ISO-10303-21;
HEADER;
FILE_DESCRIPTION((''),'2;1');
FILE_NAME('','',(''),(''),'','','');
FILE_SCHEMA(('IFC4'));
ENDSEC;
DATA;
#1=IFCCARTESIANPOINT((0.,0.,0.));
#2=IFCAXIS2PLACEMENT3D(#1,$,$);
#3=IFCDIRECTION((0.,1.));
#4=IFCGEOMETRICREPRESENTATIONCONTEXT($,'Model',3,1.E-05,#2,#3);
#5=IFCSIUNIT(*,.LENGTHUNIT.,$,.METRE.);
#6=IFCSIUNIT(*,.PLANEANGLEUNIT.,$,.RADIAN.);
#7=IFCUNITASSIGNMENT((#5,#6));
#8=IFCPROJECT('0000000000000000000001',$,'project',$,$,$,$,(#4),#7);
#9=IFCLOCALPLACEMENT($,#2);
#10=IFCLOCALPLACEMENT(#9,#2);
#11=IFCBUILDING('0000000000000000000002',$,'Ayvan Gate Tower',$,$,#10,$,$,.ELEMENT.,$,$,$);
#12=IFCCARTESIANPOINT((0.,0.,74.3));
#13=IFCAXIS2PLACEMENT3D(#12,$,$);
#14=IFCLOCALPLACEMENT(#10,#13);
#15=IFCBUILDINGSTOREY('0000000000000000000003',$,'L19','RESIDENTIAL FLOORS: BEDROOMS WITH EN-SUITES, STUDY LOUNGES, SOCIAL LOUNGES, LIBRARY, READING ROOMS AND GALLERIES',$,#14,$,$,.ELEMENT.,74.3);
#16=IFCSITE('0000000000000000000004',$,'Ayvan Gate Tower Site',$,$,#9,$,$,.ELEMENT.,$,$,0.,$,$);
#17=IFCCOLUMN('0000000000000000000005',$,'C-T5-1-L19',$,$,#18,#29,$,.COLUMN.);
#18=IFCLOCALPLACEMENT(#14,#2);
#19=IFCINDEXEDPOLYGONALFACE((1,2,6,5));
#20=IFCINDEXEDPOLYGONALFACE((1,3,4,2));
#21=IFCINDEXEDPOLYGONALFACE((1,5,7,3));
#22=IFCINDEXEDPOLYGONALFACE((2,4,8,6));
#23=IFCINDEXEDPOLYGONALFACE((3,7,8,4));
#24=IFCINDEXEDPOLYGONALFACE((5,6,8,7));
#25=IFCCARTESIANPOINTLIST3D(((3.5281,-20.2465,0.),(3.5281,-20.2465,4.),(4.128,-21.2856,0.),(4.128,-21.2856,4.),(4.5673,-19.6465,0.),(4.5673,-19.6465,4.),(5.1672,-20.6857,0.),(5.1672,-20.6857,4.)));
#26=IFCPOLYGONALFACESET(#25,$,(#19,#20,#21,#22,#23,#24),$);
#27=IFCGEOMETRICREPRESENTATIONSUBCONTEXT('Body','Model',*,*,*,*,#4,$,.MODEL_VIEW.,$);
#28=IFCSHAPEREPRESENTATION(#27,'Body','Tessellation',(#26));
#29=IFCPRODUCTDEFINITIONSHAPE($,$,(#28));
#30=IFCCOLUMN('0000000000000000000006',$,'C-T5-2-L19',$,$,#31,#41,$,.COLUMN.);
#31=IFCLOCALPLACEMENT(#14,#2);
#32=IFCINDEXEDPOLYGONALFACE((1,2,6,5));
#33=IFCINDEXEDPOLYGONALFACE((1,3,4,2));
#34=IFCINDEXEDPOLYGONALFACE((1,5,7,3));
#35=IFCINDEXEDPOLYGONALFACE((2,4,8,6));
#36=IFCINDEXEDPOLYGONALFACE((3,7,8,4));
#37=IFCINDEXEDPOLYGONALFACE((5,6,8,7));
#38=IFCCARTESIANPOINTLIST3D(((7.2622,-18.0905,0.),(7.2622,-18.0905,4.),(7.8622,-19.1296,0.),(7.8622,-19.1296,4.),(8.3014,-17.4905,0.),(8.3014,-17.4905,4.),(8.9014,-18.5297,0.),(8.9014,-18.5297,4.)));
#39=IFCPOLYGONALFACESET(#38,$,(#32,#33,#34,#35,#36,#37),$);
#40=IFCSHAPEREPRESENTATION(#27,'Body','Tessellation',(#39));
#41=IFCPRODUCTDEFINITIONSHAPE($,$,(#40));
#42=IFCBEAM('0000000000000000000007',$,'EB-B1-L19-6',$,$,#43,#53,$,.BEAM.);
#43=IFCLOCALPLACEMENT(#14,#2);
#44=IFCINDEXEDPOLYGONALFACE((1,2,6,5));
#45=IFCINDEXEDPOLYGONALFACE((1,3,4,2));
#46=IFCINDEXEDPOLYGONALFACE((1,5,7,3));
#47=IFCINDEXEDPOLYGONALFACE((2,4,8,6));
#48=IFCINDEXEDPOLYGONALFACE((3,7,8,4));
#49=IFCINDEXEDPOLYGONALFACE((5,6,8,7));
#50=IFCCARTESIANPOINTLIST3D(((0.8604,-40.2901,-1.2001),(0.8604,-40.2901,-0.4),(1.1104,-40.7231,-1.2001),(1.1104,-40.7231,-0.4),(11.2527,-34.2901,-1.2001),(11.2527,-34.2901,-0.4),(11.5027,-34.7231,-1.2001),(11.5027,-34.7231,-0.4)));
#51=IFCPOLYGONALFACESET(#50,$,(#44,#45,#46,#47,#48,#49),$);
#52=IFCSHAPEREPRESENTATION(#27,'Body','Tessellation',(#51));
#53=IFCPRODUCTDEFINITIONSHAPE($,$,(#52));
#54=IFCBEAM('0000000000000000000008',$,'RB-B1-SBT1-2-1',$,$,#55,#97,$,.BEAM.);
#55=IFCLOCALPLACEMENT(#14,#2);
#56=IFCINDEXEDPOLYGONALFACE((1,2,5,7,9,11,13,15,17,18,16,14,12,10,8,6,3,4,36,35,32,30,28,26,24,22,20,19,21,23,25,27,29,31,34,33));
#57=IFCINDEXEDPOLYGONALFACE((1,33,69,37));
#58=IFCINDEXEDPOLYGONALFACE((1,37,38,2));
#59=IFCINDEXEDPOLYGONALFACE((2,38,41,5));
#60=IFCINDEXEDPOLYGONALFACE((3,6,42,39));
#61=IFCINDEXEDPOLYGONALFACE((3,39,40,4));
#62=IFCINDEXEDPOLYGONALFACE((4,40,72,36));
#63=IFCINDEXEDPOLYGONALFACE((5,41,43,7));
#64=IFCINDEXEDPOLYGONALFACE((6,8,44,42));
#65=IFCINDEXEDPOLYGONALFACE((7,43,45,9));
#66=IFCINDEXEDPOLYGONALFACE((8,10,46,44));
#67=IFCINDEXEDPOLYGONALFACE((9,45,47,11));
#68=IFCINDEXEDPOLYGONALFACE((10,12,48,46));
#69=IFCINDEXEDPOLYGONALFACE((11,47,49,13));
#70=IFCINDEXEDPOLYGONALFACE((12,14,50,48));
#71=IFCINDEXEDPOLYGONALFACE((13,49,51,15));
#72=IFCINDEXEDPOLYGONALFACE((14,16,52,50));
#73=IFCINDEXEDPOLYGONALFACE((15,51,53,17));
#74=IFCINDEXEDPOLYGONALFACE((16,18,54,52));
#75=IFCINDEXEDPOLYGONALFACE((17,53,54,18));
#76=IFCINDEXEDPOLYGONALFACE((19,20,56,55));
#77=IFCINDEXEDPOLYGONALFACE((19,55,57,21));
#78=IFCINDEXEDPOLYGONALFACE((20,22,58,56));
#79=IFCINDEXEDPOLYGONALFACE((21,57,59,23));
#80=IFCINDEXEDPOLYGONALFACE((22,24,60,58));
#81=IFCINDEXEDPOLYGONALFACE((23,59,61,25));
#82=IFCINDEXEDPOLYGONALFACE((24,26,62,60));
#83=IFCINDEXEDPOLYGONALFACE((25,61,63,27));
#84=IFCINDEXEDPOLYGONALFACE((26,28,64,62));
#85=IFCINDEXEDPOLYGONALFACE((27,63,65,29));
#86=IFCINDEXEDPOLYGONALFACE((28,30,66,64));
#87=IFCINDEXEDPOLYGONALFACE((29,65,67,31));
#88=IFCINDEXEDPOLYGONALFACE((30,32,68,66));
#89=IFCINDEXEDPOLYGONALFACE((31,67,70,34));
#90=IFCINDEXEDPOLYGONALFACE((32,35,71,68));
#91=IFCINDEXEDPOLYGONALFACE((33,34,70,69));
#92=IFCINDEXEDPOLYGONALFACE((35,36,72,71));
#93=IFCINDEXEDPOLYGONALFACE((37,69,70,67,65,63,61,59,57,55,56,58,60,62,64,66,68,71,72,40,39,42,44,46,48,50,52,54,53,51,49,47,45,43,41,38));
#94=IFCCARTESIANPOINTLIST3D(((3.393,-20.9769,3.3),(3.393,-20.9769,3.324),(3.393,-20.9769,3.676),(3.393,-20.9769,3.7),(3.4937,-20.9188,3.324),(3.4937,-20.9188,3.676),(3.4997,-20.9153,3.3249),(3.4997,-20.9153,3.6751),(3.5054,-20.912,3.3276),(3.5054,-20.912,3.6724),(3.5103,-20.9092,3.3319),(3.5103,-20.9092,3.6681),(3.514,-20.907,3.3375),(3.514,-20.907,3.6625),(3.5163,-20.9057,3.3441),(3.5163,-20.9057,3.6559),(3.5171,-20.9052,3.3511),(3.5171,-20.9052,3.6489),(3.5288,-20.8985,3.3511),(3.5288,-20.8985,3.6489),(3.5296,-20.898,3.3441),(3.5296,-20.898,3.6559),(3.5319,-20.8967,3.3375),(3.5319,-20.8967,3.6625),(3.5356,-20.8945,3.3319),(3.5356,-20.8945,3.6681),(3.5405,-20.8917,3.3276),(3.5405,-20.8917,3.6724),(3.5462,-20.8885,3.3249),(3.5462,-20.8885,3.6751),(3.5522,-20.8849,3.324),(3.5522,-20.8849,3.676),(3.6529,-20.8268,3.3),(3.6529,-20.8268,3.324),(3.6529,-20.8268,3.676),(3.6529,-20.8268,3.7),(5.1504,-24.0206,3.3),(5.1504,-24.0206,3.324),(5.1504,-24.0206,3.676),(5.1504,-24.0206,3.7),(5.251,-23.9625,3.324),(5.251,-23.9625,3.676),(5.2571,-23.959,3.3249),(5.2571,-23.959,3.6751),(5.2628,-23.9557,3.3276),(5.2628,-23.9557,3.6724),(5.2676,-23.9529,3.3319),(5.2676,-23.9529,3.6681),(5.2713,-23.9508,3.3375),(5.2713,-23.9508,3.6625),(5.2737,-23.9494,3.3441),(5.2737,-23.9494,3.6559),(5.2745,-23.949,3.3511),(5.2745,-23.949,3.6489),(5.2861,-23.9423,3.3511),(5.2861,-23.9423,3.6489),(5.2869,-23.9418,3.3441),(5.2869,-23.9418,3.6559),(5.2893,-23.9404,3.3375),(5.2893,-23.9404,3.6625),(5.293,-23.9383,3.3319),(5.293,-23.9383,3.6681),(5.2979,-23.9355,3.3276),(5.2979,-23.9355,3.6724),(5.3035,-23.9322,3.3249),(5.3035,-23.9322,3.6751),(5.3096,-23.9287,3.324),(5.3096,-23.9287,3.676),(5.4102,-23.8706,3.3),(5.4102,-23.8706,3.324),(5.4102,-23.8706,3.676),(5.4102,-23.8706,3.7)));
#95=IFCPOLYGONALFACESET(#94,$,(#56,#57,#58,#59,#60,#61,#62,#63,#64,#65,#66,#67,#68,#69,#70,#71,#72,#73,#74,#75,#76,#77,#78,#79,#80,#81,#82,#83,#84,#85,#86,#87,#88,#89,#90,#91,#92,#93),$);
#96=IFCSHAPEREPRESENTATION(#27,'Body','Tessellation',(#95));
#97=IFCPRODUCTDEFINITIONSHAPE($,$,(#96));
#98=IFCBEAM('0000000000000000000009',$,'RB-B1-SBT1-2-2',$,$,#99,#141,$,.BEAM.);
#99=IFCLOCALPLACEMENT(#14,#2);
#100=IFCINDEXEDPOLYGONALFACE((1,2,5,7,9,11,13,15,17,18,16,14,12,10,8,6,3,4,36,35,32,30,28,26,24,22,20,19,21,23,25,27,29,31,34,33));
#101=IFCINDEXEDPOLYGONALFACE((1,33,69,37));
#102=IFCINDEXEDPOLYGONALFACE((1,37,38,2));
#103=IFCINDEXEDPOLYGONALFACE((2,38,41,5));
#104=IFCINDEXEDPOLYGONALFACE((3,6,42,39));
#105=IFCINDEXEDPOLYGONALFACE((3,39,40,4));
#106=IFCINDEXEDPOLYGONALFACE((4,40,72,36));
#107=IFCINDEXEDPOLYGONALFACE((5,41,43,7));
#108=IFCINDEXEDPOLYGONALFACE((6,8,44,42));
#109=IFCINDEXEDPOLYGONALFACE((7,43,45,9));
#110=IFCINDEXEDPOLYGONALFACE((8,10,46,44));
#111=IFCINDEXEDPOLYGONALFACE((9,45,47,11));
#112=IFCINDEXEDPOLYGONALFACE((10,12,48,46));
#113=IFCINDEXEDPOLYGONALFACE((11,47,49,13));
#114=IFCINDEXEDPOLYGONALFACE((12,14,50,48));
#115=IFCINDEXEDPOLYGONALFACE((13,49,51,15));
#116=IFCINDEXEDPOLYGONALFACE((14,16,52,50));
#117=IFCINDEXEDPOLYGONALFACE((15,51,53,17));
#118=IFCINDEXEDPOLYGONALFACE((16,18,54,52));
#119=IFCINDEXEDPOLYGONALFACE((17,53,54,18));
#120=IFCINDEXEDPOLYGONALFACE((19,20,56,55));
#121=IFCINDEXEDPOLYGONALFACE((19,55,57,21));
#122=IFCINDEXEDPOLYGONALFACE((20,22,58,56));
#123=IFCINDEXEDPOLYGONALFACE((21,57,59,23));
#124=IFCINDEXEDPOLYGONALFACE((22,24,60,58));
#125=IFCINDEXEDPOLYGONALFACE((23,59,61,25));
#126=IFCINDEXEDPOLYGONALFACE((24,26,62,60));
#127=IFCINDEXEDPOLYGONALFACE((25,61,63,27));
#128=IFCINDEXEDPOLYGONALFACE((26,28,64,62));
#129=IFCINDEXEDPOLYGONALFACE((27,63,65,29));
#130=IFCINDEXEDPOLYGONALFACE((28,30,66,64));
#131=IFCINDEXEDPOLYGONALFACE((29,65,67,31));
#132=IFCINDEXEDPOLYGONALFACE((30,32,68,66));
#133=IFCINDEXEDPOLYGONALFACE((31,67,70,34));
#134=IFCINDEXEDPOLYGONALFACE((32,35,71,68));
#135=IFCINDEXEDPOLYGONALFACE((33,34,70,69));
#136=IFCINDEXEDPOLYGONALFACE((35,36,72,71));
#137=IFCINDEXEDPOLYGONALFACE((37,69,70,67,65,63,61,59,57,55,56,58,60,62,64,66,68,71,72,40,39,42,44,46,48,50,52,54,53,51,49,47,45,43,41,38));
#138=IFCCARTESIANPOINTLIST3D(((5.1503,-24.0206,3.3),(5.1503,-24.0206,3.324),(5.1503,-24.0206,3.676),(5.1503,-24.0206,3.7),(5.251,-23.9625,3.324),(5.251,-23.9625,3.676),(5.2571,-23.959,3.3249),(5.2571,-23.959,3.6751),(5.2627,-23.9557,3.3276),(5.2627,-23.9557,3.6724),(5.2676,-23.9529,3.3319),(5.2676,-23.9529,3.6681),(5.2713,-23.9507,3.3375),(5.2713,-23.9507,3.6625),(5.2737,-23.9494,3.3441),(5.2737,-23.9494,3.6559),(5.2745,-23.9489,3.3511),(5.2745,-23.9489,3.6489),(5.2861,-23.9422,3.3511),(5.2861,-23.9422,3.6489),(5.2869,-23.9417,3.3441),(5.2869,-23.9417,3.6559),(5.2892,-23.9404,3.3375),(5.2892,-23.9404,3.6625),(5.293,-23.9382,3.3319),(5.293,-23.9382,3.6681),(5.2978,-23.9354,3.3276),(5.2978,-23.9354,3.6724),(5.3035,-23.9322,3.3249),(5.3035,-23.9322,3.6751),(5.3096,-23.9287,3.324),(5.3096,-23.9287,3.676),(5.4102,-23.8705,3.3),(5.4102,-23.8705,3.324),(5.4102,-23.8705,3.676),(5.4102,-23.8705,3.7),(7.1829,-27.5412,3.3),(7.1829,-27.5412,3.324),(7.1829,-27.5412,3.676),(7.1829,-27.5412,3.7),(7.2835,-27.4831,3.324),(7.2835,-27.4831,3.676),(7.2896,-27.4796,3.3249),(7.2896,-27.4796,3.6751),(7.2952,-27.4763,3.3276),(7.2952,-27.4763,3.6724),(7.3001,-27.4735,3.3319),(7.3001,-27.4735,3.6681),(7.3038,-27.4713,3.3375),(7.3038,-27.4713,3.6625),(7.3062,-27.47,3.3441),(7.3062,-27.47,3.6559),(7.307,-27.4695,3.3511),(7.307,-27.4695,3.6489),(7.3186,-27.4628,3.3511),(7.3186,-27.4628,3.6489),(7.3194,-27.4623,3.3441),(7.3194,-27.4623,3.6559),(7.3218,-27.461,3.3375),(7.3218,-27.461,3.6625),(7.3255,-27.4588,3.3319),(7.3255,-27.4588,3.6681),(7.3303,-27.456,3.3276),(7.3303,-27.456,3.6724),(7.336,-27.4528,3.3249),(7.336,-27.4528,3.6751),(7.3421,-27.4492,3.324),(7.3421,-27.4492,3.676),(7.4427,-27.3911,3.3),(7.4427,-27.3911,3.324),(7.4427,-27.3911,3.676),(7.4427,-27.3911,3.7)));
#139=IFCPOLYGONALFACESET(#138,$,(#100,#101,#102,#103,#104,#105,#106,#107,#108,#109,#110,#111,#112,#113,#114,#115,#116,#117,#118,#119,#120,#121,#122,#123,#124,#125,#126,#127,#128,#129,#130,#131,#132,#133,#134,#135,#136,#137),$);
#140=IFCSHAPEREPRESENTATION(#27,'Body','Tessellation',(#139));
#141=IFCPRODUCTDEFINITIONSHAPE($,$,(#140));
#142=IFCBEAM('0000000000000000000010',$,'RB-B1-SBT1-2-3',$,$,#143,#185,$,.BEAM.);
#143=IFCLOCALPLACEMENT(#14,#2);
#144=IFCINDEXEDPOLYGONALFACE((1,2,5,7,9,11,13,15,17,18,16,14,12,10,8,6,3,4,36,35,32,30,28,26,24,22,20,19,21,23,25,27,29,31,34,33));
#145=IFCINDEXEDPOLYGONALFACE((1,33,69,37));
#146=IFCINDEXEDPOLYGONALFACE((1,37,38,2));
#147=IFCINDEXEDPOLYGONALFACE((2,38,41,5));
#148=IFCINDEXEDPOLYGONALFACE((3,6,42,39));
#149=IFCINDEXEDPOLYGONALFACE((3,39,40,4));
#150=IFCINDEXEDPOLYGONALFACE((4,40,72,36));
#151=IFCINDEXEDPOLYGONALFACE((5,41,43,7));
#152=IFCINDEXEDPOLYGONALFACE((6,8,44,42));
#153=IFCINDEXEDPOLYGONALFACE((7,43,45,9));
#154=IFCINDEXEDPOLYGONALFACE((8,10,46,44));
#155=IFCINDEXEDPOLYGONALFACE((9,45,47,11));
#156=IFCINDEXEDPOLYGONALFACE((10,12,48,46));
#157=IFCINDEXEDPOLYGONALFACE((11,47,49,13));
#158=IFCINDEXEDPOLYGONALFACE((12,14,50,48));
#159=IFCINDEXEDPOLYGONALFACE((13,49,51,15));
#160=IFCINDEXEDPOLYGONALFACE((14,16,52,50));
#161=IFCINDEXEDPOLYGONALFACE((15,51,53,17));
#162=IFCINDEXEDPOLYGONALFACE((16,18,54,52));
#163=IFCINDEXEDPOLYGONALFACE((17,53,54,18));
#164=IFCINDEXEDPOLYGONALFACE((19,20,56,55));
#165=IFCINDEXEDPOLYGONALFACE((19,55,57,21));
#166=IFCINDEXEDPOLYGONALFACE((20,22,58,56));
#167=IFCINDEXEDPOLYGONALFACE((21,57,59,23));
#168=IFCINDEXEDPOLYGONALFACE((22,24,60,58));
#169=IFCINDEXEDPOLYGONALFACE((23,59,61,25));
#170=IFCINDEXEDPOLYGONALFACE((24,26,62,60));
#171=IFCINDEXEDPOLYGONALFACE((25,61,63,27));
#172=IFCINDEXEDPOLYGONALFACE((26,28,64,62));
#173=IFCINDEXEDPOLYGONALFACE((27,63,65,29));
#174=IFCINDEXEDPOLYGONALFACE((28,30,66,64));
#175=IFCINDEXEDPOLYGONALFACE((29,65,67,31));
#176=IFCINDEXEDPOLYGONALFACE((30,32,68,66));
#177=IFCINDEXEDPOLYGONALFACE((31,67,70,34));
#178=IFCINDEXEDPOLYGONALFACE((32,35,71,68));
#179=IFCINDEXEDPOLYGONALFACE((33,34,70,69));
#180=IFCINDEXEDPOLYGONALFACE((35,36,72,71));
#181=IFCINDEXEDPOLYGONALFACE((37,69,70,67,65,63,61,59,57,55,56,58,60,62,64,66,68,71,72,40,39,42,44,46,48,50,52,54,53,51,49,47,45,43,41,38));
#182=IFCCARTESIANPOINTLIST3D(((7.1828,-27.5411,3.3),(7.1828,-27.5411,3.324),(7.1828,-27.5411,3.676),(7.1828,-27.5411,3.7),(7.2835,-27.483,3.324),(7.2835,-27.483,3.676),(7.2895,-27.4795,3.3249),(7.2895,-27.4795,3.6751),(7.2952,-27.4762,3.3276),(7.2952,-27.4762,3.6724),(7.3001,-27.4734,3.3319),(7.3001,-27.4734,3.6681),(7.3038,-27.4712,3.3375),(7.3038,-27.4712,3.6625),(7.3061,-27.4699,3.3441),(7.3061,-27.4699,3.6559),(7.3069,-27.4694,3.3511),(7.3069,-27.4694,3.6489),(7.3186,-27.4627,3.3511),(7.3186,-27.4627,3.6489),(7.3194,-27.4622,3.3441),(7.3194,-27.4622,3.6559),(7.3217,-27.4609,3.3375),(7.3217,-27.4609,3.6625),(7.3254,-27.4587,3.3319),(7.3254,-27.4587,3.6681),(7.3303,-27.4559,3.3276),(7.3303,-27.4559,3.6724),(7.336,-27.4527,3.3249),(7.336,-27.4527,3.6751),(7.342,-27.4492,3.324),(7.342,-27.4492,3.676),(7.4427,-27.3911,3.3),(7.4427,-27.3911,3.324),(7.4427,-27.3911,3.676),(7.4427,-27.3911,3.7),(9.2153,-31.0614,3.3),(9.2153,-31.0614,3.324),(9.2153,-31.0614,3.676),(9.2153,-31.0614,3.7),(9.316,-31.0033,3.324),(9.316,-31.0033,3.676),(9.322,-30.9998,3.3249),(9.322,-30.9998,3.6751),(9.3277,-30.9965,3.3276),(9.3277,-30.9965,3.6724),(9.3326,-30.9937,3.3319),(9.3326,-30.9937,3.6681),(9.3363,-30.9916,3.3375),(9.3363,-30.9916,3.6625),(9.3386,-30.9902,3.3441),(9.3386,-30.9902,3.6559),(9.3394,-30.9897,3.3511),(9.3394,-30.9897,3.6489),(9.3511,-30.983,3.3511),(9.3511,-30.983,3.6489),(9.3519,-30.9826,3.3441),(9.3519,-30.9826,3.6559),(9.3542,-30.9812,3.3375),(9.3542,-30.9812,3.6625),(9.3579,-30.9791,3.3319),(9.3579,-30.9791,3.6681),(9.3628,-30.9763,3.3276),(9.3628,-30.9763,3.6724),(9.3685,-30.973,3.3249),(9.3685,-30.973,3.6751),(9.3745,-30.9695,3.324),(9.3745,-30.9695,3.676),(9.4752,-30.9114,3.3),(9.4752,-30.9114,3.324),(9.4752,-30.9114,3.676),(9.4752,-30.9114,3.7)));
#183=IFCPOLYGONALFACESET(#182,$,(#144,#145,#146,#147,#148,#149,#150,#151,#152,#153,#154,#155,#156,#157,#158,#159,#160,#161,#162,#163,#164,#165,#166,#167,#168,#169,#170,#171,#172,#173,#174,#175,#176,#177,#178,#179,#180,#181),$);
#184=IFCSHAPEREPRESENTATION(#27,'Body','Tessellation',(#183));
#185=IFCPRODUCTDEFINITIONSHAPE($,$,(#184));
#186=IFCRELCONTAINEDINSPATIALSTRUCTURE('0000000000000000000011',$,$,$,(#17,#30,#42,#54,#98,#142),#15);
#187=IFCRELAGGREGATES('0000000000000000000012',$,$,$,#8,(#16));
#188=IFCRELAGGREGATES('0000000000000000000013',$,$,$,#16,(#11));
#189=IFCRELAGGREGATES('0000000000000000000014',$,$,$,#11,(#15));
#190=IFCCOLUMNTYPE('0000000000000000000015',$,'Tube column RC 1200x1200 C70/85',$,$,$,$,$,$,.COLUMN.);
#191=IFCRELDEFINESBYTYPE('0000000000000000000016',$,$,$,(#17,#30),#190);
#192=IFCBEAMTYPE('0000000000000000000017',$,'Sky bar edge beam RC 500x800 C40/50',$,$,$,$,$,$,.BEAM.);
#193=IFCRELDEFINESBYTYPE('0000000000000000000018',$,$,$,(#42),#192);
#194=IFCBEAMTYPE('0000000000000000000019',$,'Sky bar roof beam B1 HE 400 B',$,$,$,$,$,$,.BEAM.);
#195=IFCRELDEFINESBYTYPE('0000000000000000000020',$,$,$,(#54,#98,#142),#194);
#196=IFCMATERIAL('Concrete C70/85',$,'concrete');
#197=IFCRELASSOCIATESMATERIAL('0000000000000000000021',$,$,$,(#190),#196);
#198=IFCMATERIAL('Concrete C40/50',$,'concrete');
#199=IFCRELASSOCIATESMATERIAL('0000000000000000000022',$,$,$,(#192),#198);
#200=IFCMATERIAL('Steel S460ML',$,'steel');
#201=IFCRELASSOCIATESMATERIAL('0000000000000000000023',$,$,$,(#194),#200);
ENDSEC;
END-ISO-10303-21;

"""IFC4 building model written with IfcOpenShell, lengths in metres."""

from ifc_helpers import new_model, si_unit, direction, frame, origin, origin_2d, place, context, subcontext, project, spatial, rectangle, i_section, extrude, material, material_profile, profile_set, type_object, element, save


model = new_model("IFC4")

# Units and contexts
model_context = context("Model", 3, precision=1e-05, world=origin(), true_north=direction((0.0, 1.0)))
body_context = subcontext(model_context, "Body", "Model", "MODEL_VIEW")
ifc_project = project(units=[si_unit("LENGTHUNIT", "METRE"), si_unit("PLANEANGLEUNIT", "RADIAN")], contexts=[model_context])

# Site, building, storey
site_placement = place(None, origin())
site = spatial("IfcSite", under=ifc_project, at=site_placement, Name="Ayvan Gate Tower Site", CompositionType="ELEMENT", RefElevation=0.0)
building_placement = place(site_placement, origin())
building = spatial("IfcBuilding", under=site, at=building_placement, Name="Ayvan Gate Tower", CompositionType="ELEMENT")
storey_placement = place(building_placement, frame((0.0, 0.0, 74.3)))
storey = spatial("IfcBuildingStorey", under=building, at=storey_placement, Name="L19", Description="RESIDENTIAL FLOORS: BEDROOMS WITH EN-SUITES, STUDY LOUNGES, SOCIAL LOUNGES, LIBRARY, READING ROOMS AND GALLERIES", CompositionType="ELEMENT", Elevation=74.3)

# Columns
ifc_material_1 = material(Name="Concrete C70/85", Category="concrete")
ifc_material_profile_1 = material_profile(ifc_material_1, rectangle(XDim=1.2, YDim=1.2, at=origin_2d()), Name="RC 1200x1200")
ifc_profile_set_1 = profile_set([ifc_material_profile_1], Name="Concrete C70/85")
column_type = type_object("IfcColumnType", Name="Tube column RC 1200x1200 C70/85", PredefinedType="COLUMN", material=ifc_profile_set_1)
for number, where, z_axis, x_axis, name in (
    (1, (4.3477, -20.4661, 0.0), (0.0, 0.0, 1.0), (0.5, -0.866025, 0.0), "C-T5-1-L19"),
    (2, (8.0818, -18.3101, 0.0), (0.0, 0.0, 1.0), (0.5, -0.866025, 0.0), "C-T5-2-L19"),
):
    element("IfcColumn", number, at=place(storey_placement, frame(where, z_axis=z_axis, x_axis=x_axis)), inside=storey, type_object=column_type, Name=name, PredefinedType="COLUMN", context=body_context, shape_type="SweptSolid", body=[
        extrude(rectangle(XDim=1.2, YDim=1.2, at=origin_2d()), origin(), (0.0, 0.0, 1.0), 4.0),
    ])

# Beams
ifc_material_2 = material(Name="Concrete C40/50", Category="concrete")
ifc_material_profile_2 = material_profile(ifc_material_2, rectangle(XDim=0.5, YDim=0.8, at=origin_2d()), Name="RC 500x800")
ifc_profile_set_2 = profile_set([ifc_material_profile_2], Name="Concrete C40/50")
beam_type_1 = type_object("IfcBeamType", Name="Sky bar edge beam RC 500x800 C40/50", PredefinedType="BEAM", material=ifc_profile_set_2)
beam_1_placement = place(storey_placement, frame((11.3777, -34.5066, -0.8), z_axis=(-0.866026, -0.499999, 0.0), x_axis=(0.499999, -0.866026, 0.0)))
element("IfcBeam", 3, at=beam_1_placement, inside=storey, type_object=beam_type_1, Name="EB-B1-L19-6", PredefinedType="BEAM", context=body_context, shape_type="SweptSolid", body=[
    extrude(rectangle(XDim=0.5, YDim=0.8, at=origin_2d()), origin(), (0.0, 0.0, 1.0), 12.0),
])
ifc_material_3 = material(Name="Steel S460ML", Category="steel")
ifc_material_profile_3 = material_profile(ifc_material_3, i_section(OverallWidth=0.3, OverallDepth=0.3999, WebThickness=0.0134, FlangeThickness=0.0239, FilletRadius=0.0271, at=origin_2d()), Name="HE 400 B")
ifc_profile_set_3 = profile_set([ifc_material_profile_3], Name="Steel S460ML")
beam_type_2 = type_object("IfcBeamType", Name="Sky bar roof beam B1 HE 400 B", PredefinedType="BEAM", material=ifc_profile_set_3)
beam_2_placement = place(storey_placement, frame((3.5229, -20.9019, 3.5), z_axis=(0.500009, -0.86602, 0.0), x_axis=(0.86602, 0.500009, 0.0)))
element("IfcBeam", 4, at=beam_2_placement, inside=storey, type_object=beam_type_2, Name="RB-B1-SBT1-2-1", PredefinedType="BEAM", context=body_context, shape_type="SweptSolid", body=[
    extrude(i_section(OverallWidth=0.3, OverallDepth=0.3999, WebThickness=0.0134, FlangeThickness=0.0239, FilletRadius=0.0271, at=origin_2d()), origin(), (0.0, 0.0, 1.0), 3.5146),
])
beam_3_placement = place(storey_placement, frame((5.2803, -23.9456, 3.5), z_axis=(0.499982, -0.866036, 0.0), x_axis=(0.866036, 0.499982, 0.0)))
element("IfcBeam", 5, at=beam_3_placement, inside=storey, type_object=beam_type_2, Name="RB-B1-SBT1-2-2", PredefinedType="BEAM", context=body_context, shape_type="SweptSolid", body=[
    extrude(i_section(OverallWidth=0.3, OverallDepth=0.3999, WebThickness=0.0134, FlangeThickness=0.0239, FilletRadius=0.0271, at=origin_2d()), origin(), (0.0, 0.0, 1.0), 4.0652),
])
for number, where, z_axis, x_axis, name in (
    (6, (7.3127, -27.4661, 3.5), (0.500008, -0.866021, 0.0), (0.866021, 0.500008, 0.0), "RB-B1-SBT1-2-3"),
):
    element("IfcBeam", number, at=place(storey_placement, frame(where, z_axis=z_axis, x_axis=x_axis)), inside=storey, type_object=beam_type_2, Name=name, PredefinedType="BEAM", context=body_context, shape_type="SweptSolid", body=[
        extrude(i_section(OverallWidth=0.3, OverallDepth=0.3999, WebThickness=0.0134, FlangeThickness=0.0239, FilletRadius=0.0271, at=origin_2d()), origin(), (0.0, 0.0, 1.0), 4.0649),
    ])

save(model, "model.ifc")
